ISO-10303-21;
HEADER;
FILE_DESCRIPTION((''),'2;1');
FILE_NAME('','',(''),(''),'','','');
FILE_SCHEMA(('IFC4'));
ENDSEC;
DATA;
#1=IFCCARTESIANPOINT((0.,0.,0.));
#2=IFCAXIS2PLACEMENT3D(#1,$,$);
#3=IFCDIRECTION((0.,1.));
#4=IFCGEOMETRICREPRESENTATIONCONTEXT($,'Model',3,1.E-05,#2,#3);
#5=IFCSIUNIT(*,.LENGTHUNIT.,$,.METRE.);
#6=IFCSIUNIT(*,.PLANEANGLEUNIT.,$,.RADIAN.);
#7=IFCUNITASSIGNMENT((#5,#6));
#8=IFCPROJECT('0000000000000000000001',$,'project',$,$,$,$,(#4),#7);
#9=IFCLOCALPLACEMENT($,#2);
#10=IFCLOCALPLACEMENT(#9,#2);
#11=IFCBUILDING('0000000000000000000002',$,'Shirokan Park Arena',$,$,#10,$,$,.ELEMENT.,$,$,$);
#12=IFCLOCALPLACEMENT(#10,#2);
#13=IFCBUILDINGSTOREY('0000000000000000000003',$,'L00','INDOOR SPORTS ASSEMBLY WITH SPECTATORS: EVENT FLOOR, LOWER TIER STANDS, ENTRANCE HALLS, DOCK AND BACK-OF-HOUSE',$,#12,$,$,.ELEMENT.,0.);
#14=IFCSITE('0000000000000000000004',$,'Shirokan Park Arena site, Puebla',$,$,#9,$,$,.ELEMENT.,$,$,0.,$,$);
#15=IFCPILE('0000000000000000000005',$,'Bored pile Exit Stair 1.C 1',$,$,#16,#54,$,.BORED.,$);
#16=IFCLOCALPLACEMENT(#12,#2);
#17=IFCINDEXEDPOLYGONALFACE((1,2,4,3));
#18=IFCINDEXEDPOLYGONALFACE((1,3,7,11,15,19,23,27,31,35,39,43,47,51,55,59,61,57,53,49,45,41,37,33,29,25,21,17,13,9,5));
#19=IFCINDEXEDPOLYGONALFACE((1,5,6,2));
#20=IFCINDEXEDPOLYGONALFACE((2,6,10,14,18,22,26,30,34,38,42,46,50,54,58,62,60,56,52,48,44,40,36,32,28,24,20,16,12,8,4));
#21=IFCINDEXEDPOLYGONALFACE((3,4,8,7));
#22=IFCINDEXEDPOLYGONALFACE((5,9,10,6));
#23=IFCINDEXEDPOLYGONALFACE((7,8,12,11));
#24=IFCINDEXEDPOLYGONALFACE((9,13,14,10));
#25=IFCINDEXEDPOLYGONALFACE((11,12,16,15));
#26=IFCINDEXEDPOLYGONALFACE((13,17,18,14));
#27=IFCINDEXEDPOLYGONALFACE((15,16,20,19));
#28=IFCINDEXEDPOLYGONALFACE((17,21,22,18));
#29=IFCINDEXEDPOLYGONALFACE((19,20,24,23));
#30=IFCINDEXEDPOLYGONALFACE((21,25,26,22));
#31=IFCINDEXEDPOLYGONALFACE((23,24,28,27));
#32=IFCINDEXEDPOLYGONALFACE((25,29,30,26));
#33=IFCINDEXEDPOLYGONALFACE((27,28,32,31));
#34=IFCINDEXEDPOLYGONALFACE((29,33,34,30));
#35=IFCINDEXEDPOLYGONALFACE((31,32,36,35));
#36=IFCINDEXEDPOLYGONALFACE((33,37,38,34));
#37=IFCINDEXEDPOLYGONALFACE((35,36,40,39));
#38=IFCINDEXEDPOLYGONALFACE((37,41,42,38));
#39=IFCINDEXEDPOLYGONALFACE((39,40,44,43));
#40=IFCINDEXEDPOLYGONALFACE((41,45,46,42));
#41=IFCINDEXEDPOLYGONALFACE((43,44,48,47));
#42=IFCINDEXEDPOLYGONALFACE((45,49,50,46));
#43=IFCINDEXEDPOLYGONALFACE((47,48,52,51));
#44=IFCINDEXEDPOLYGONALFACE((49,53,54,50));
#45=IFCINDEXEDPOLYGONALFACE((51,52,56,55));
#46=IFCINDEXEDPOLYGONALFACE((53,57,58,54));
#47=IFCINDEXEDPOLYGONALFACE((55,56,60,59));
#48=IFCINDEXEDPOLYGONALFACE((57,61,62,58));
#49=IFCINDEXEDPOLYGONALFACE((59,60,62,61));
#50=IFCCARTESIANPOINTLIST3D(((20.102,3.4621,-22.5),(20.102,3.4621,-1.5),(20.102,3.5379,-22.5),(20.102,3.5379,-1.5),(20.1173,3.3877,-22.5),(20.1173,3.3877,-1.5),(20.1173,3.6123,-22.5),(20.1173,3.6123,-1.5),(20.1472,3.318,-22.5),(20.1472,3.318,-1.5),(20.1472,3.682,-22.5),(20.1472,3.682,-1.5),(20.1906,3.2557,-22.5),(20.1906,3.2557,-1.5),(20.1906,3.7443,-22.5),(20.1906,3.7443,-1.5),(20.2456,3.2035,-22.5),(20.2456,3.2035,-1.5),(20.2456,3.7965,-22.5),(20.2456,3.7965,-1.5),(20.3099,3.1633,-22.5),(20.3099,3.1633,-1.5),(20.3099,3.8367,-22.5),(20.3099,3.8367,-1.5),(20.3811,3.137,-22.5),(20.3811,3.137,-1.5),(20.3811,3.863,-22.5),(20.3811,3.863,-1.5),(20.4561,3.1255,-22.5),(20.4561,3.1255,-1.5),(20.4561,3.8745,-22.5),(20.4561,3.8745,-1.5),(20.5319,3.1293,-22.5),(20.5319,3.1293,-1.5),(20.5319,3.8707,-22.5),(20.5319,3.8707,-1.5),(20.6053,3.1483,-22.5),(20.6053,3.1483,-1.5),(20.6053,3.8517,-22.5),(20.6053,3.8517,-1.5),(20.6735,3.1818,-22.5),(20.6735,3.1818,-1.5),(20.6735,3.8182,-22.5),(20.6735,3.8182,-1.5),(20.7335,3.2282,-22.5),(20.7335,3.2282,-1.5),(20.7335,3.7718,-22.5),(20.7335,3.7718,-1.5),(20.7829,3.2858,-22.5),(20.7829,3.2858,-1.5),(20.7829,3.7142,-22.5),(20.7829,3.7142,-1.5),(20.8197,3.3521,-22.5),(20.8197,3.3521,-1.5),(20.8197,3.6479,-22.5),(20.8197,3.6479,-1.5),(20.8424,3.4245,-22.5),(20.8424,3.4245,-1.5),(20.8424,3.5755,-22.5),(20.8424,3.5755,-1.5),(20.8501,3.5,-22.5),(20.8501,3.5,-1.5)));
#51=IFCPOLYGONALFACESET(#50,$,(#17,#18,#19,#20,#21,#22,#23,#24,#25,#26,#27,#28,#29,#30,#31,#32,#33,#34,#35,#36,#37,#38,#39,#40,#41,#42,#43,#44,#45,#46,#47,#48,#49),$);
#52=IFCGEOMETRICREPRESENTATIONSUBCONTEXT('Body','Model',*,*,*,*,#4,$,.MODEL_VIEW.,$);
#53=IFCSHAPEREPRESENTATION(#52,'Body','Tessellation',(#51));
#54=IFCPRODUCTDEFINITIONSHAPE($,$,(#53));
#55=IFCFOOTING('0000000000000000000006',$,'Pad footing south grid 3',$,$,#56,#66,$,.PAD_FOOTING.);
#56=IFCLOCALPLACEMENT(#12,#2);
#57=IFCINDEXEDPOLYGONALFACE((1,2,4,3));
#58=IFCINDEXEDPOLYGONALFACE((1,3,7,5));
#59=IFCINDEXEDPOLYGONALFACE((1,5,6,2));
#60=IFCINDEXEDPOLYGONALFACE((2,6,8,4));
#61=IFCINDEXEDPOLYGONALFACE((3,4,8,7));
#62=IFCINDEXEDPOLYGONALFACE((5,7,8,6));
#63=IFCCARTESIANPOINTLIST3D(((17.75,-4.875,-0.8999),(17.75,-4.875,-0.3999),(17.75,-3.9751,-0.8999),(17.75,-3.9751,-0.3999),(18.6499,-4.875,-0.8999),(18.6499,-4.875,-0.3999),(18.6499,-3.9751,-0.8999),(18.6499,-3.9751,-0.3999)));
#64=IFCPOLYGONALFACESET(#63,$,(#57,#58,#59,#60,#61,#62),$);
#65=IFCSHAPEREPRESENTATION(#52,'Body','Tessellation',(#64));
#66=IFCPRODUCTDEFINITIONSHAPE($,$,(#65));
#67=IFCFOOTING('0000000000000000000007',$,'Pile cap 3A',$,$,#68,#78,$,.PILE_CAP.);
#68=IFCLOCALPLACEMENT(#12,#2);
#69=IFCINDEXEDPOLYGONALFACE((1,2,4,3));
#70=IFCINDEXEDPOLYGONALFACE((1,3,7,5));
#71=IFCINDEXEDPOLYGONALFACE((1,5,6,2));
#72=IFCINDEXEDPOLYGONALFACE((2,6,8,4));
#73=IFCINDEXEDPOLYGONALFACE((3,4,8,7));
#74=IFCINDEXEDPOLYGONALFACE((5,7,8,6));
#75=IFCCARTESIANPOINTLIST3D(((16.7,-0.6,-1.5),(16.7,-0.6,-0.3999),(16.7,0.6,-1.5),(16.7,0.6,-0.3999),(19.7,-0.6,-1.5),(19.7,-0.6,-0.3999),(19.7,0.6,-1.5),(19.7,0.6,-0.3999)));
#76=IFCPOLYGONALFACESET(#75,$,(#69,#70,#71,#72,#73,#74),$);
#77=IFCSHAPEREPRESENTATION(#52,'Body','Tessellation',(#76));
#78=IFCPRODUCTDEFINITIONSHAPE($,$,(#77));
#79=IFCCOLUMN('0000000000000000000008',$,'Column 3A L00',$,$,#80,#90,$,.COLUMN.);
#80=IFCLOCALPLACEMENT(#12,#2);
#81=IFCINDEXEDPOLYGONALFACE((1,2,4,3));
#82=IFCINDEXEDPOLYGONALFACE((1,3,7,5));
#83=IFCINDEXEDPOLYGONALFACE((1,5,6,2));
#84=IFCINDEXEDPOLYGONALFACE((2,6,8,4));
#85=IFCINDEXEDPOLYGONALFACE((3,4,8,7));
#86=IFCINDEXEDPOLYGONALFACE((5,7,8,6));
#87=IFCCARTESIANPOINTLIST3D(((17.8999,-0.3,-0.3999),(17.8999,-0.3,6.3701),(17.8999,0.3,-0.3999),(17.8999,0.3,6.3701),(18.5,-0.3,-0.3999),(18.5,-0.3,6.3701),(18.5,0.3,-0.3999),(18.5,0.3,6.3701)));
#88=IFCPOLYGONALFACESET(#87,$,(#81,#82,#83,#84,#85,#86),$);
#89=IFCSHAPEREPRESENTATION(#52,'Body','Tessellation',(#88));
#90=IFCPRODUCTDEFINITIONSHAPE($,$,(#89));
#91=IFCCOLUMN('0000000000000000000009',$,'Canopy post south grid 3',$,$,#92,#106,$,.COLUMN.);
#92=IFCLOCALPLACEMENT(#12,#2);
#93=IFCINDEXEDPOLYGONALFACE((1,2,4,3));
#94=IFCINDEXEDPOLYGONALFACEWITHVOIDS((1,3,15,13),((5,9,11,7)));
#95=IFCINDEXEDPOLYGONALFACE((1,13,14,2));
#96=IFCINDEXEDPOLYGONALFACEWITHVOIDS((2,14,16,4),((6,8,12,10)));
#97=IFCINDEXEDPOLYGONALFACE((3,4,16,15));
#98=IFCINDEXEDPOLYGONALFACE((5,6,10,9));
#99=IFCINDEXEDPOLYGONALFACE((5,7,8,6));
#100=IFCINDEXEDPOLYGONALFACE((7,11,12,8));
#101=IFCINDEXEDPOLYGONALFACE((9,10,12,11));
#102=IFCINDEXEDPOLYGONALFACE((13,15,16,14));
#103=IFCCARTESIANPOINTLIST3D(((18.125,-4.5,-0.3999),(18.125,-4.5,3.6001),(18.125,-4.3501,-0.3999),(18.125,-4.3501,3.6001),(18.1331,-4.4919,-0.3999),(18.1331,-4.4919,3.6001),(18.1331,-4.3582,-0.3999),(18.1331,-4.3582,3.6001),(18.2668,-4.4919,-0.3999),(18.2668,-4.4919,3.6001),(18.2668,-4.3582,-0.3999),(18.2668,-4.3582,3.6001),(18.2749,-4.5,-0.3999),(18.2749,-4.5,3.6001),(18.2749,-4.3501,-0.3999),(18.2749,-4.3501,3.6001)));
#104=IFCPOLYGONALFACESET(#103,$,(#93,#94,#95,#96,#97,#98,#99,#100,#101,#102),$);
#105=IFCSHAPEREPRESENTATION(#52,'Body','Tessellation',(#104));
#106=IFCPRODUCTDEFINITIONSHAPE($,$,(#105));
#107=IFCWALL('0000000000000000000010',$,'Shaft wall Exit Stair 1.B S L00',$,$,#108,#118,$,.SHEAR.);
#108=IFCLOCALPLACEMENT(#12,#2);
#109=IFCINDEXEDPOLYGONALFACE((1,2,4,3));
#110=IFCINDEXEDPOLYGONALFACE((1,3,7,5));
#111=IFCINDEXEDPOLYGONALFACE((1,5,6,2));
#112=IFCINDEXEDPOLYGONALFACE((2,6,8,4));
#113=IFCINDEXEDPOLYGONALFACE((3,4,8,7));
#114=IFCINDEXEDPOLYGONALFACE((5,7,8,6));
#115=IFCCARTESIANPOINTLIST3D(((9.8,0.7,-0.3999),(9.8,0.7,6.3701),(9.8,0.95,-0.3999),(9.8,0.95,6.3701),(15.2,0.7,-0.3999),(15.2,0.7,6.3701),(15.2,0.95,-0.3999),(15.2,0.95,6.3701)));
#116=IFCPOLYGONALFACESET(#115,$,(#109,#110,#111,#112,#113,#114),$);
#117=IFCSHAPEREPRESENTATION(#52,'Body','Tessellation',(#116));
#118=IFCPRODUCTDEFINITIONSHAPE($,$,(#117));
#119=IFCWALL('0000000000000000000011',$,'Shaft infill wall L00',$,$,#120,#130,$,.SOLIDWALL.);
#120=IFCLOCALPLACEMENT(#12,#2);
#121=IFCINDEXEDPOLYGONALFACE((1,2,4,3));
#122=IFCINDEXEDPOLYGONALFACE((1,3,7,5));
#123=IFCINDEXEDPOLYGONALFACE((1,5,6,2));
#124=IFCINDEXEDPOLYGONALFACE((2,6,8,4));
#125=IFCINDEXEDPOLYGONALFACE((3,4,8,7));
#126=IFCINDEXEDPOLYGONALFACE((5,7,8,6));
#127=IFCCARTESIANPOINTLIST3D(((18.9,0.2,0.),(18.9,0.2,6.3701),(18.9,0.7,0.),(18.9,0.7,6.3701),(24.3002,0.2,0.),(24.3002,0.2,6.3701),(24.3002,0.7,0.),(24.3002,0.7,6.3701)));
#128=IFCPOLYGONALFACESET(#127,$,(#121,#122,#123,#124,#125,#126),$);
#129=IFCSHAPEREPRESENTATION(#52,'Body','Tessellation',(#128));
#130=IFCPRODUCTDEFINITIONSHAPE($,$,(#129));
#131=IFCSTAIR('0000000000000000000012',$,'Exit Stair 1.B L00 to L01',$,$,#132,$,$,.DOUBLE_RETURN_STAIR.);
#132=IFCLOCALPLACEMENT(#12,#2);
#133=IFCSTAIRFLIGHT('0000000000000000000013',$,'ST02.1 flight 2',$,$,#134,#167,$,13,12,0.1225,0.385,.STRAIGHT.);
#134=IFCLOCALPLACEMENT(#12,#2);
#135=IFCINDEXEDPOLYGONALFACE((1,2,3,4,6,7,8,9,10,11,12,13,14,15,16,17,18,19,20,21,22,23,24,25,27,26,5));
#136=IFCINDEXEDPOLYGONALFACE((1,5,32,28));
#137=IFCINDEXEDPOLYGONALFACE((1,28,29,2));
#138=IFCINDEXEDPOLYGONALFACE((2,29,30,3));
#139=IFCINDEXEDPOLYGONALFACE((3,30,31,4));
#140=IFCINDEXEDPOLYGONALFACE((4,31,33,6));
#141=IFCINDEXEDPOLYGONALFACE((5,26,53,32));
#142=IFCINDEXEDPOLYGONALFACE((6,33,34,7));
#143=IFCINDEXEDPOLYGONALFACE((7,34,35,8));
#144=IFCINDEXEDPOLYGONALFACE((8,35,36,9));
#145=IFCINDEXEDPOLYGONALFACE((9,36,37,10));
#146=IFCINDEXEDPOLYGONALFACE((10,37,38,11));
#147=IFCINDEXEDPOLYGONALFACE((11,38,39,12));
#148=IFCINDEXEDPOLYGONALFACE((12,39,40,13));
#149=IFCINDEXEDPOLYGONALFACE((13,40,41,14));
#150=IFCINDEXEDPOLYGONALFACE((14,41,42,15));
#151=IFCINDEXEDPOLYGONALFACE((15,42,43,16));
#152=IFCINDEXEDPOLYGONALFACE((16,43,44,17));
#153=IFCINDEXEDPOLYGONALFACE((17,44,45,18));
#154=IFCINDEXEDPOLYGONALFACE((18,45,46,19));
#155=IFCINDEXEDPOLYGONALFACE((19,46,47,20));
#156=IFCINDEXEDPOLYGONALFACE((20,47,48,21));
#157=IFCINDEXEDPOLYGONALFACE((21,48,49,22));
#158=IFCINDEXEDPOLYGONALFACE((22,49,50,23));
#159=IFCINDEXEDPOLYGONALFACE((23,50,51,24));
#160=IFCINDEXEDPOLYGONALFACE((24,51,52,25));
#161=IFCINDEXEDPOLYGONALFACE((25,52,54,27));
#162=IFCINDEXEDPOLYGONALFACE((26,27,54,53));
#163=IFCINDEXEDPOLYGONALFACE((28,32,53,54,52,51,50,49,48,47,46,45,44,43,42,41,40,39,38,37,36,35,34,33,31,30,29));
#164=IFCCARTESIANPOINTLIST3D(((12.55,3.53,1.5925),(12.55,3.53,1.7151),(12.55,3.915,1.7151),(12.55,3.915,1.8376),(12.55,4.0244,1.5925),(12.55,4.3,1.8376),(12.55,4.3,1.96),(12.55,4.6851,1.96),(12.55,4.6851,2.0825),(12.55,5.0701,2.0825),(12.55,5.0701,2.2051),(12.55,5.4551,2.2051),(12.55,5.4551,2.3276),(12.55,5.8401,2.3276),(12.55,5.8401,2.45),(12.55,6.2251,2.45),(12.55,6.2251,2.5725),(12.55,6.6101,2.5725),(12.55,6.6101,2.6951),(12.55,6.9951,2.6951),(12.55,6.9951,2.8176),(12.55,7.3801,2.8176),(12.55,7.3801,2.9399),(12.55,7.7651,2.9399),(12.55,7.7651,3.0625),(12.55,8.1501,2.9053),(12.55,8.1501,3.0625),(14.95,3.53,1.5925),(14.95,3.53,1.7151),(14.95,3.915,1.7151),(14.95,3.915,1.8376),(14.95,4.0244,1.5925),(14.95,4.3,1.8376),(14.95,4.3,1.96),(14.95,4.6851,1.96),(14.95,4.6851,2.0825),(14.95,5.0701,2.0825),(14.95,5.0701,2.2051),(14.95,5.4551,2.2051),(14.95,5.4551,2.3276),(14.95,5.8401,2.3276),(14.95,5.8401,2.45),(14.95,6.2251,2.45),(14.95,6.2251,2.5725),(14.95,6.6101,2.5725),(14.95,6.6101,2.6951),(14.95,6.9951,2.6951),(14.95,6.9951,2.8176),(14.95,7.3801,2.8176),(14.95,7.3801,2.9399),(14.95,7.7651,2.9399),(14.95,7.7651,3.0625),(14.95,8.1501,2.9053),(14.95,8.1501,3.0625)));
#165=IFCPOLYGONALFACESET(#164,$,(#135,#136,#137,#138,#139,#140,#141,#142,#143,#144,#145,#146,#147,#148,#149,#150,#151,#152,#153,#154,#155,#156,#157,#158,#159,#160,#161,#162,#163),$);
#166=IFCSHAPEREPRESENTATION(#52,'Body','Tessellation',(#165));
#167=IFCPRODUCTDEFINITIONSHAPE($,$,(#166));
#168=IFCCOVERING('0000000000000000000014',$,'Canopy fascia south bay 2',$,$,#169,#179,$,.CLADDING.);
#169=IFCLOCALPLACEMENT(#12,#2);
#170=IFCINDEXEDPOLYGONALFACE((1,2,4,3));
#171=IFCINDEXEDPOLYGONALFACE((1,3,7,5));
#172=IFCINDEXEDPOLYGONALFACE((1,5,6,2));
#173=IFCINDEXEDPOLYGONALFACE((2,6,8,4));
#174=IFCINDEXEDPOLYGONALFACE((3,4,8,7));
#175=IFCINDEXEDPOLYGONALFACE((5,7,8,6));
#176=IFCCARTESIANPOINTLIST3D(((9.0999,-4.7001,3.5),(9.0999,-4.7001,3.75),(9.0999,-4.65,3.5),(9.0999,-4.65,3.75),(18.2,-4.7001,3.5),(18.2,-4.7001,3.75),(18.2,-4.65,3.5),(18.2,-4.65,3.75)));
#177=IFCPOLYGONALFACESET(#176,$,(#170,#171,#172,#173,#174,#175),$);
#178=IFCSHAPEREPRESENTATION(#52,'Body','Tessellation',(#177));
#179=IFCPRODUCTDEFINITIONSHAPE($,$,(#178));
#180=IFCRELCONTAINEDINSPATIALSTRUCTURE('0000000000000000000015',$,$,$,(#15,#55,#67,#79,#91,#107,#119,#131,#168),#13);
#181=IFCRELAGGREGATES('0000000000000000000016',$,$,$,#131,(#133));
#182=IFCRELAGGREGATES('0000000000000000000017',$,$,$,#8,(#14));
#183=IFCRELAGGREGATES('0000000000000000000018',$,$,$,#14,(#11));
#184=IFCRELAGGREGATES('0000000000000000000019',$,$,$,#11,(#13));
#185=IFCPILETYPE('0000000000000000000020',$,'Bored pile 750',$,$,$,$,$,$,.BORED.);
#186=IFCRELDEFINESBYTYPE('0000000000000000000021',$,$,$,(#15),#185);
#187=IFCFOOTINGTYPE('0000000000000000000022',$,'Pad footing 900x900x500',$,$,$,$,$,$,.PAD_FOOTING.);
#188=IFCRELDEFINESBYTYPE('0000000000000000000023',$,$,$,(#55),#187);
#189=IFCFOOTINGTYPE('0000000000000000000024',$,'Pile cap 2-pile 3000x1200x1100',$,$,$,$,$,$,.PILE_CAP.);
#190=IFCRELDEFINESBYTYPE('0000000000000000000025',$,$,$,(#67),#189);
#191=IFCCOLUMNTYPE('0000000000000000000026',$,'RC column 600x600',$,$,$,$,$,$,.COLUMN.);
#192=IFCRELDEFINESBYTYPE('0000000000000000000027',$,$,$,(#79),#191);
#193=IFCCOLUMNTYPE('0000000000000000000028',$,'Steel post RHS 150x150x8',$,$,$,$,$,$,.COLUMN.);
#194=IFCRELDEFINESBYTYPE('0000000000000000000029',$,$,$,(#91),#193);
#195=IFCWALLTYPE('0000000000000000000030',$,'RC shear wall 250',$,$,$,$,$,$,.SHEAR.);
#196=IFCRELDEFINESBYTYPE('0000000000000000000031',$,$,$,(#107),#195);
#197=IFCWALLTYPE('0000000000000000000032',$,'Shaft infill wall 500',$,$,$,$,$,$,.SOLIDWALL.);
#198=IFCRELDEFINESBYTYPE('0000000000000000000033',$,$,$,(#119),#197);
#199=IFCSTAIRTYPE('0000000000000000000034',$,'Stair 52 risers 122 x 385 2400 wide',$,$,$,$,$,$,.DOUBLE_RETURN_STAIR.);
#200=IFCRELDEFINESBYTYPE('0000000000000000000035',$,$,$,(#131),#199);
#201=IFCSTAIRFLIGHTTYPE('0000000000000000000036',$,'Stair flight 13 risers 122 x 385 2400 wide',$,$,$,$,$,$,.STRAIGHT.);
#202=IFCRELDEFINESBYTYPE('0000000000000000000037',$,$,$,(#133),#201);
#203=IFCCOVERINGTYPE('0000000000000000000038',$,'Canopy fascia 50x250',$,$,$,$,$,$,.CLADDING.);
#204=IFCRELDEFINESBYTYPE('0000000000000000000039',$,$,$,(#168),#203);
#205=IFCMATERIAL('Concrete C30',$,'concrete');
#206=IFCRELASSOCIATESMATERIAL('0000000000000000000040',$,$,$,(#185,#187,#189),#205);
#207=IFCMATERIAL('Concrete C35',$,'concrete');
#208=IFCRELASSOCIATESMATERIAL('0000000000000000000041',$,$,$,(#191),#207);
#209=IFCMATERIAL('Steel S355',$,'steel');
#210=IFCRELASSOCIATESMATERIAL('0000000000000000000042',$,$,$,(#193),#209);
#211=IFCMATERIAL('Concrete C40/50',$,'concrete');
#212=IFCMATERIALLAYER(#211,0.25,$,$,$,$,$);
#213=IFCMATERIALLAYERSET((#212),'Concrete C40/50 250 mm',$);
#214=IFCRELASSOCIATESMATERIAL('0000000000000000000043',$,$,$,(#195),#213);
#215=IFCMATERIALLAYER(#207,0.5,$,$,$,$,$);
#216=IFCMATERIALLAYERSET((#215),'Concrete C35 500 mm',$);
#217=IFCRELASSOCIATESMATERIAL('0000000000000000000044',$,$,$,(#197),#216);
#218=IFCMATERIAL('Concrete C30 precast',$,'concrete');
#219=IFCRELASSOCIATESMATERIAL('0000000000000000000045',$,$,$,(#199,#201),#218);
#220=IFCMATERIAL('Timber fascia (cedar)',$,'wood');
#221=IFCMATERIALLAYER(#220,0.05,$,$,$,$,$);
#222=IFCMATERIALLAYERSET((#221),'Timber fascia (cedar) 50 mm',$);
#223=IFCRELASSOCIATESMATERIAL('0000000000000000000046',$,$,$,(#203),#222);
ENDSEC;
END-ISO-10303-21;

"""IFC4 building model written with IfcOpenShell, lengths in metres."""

from ifc_helpers import new_model, si_unit, direction, frame, frame_2d, origin, origin_2d, place, context, subcontext, project, spatial, polyline, rectangle, hollow_rectangle, circle, outline, extrude, material, layer, layer_set, material_profile, profile_set, type_object, element, aggregate, save


model = new_model("IFC4")

# Units and contexts
model_context = context("Model", 3, precision=1e-05, world=origin(), true_north=direction((0.0, 1.0)))
body_context = subcontext(model_context, "Body", "Model", "MODEL_VIEW")
ifc_project = project(units=[si_unit("LENGTHUNIT", "METRE"), si_unit("PLANEANGLEUNIT", "RADIAN")], contexts=[model_context])

# Site, building, storey
site_placement = place(None, origin())
site = spatial("IfcSite", under=ifc_project, at=site_placement, Name="Shirokan Park Arena site, Puebla", CompositionType="ELEMENT", RefElevation=0.0)
building_placement = place(site_placement, origin())
building = spatial("IfcBuilding", under=site, at=building_placement, Name="Shirokan Park Arena", CompositionType="ELEMENT")
storey_placement = place(building_placement, origin())
storey = spatial("IfcBuildingStorey", under=building, at=storey_placement, Name="L00", Description="INDOOR SPORTS ASSEMBLY WITH SPECTATORS: EVENT FLOOR, LOWER TIER STANDS, ENTRANCE HALLS, DOCK AND BACK-OF-HOUSE", CompositionType="ELEMENT", Elevation=0.0)

# Pile
ifc_material_1 = material(Name="Concrete C30", Category="concrete")
ifc_material_profile_1 = material_profile(ifc_material_1, circle(Radius=0.375, at=origin_2d()), Name="D750")
ifc_profile_set_1 = profile_set([ifc_material_profile_1], Name="Concrete C30")
pile_type_1 = type_object("IfcPileType", Name="Bored pile 750", PredefinedType="BORED", material=ifc_profile_set_1)
for number, where, z_axis, x_axis, name in (
    (1, (20.4751, 3.5, -1.5), (0.0, 0.0, -1.0), (1.0, 0.0, 0.0), "Bored pile Exit Stair 1.C 1"),
):
    element("IfcPile", number, at=place(storey_placement, frame(where, z_axis=z_axis, x_axis=x_axis)), inside=storey, type_object=pile_type_1, Name=name, PredefinedType="BORED", context=body_context, shape_type="SweptSolid", body=[
        extrude(circle(Radius=0.375, at=origin_2d()), origin(), (0.0, 0.0, 1.0), 21.0),
    ])

# Footings
footing_type_1 = type_object("IfcFootingType", Name="Pad footing 900x900x500", PredefinedType="PAD_FOOTING", material=ifc_material_1)
footing_1_placement = place(storey_placement, frame((18.2, -4.425, -0.8999), z_axis=(0.0, 0.0, 1.0), x_axis=(1.0, 0.0, 0.0)))
element("IfcFooting", 2, at=footing_1_placement, inside=storey, type_object=footing_type_1, Name="Pad footing south grid 3", PredefinedType="PAD_FOOTING", context=body_context, shape_type="SweptSolid", body=[
    extrude(rectangle(XDim=0.8999, YDim=0.8999, at=origin_2d()), origin(), (0.0, 0.0, 1.0), 0.5),
])
footing_type_2 = type_object("IfcFootingType", Name="Pile cap 2-pile 3000x1200x1100", PredefinedType="PILE_CAP", material=ifc_material_1)
footing_2_placement = place(storey_placement, frame((18.2, 0.0, -1.5), z_axis=(0.0, 0.0, 1.0), x_axis=(1.0, 0.0, 0.0)))
element("IfcFooting", 3, at=footing_2_placement, inside=storey, type_object=footing_type_2, Name="Pile cap 3A", PredefinedType="PILE_CAP", context=body_context, shape_type="SweptSolid", body=[
    extrude(rectangle(XDim=3.0, YDim=1.2, at=origin_2d()), origin(), (0.0, 0.0, 1.0), 1.1001),
])

# Columns
ifc_material_2 = material(Name="Concrete C35", Category="concrete")
ifc_material_profile_2 = material_profile(ifc_material_2, rectangle(XDim=0.6001, YDim=0.6001, at=origin_2d()), Name="600x600")
ifc_profile_set_2 = profile_set([ifc_material_profile_2], Name="Concrete C35")
column_type_1 = type_object("IfcColumnType", Name="RC column 600x600", PredefinedType="COLUMN", material=ifc_profile_set_2)
column_1_placement = place(storey_placement, frame((18.2, 0.0, -0.3999), z_axis=(0.0, 0.0, 1.0), x_axis=(1.0, 0.0, 0.0)))
element("IfcColumn", 4, at=column_1_placement, inside=storey, type_object=column_type_1, Name="Column 3A L00", PredefinedType="COLUMN", context=body_context, shape_type="SweptSolid", body=[
    extrude(rectangle(XDim=0.6001, YDim=0.6001, at=origin_2d()), origin(), (0.0, 0.0, 1.0), 6.77),
])
ifc_material_3 = material(Name="Steel S355", Category="steel")
ifc_material_profile_3 = material_profile(ifc_material_3, hollow_rectangle(XDim=0.1499, YDim=0.1499, WallThickness=0.0081, at=origin_2d()), Name="RHS 150x150x8")
ifc_profile_set_3 = profile_set([ifc_material_profile_3], Name="Steel S355")
column_type_2 = type_object("IfcColumnType", Name="Steel post RHS 150x150x8", PredefinedType="COLUMN", material=ifc_profile_set_3)
column_2_placement = place(storey_placement, frame((18.2, -4.425, -0.3999), z_axis=(0.0, 0.0, 1.0), x_axis=(1.0, 0.0, 0.0)))
element("IfcColumn", 5, at=column_2_placement, inside=storey, type_object=column_type_2, Name="Canopy post south grid 3", PredefinedType="COLUMN", context=body_context, shape_type="SweptSolid", body=[
    extrude(hollow_rectangle(XDim=0.1499, YDim=0.1499, WallThickness=0.0081, at=origin_2d()), origin(), (0.0, 0.0, 1.0), 4.0),
])

# Walls
ifc_material_4 = material(Name="Concrete C40/50", Category="concrete")
ifc_layer_1 = layer(ifc_material_4, 0.25)
ifc_layer_set_1 = layer_set([ifc_layer_1], Name="Concrete C40/50 250 mm")
wall_type_1 = type_object("IfcWallType", Name="RC shear wall 250", PredefinedType="SHEAR", material=ifc_layer_set_1)
wall_1_placement = place(storey_placement, frame((15.2, 0.825, -0.3999), z_axis=(0.0, 0.0, 1.0), x_axis=(-1.0, 0.0, 0.0)))
element("IfcWall", 6, at=wall_1_placement, inside=storey, type_object=wall_type_1, Name="Shaft wall Exit Stair 1.B S L00", PredefinedType="SHEAR", context=body_context, shape_type="SweptSolid", body=[
    extrude(rectangle(XDim=5.3999, YDim=0.25, at=frame_2d((2.7, 0.0))), origin(), (0.0, 0.0, 1.0), 6.77),
])
ifc_layer_2 = layer(ifc_material_2, 0.5)
ifc_layer_set_2 = layer_set([ifc_layer_2], Name="Concrete C35 500 mm")
wall_type_2 = type_object("IfcWallType", Name="Shaft infill wall 500", PredefinedType="SOLIDWALL", material=ifc_layer_set_2)
wall_2_placement = place(storey_placement, frame((18.8999, 0.45, 0.0), z_axis=(0.0, 0.0, 1.0), x_axis=(1.0, 0.0, 0.0)))
element("IfcWall", 7, at=wall_2_placement, inside=storey, type_object=wall_type_2, Name="Shaft infill wall L00", PredefinedType="SOLIDWALL", context=body_context, shape_type="SweptSolid", body=[
    extrude(rectangle(XDim=5.4001, YDim=0.5, at=frame_2d((2.7002, 0.0))), origin(), (0.0, 0.0, 1.0), 6.3701),
])

# Stair, stair flight
ifc_material_5 = material(Name="Concrete C30 precast", Category="concrete")
stair_type = type_object("IfcStairType", Name="Stair 52 risers 122 x 385 2400 wide", PredefinedType="DOUBLE_RETURN_STAIR", material=ifc_material_5)
stair_placement = place(storey_placement, origin())
stair = element("IfcStair", 8, at=stair_placement, inside=storey, type_object=stair_type, Name="Exit Stair 1.B L00 to L01", PredefinedType="DOUBLE_RETURN_STAIR")
stair_flight_type = type_object("IfcStairFlightType", Name="Stair flight 13 risers 122 x 385 2400 wide", PredefinedType="STRAIGHT", material=ifc_material_5)
stair_flight_placement = place(storey_placement, frame((13.75, 3.53, 1.5925), z_axis=(0.0, 0.0, 1.0), x_axis=(0.0, 1.0, 0.0)))
stair_flight = element("IfcStairFlight", 9, at=stair_flight_placement, type_object=stair_flight_type, Name="ST02.1 flight 2", NumberOfRisers=13, NumberOfTreads=12, PredefinedType="STRAIGHT", RiserHeight=0.1225, TreadLength=0.385, context=body_context, shape_type="SweptSolid", body=[
    extrude(outline(polyline([(0.0, 0.0), (0.0, 0.1226), (0.385, 0.1226), (0.385, 0.2451), (0.77, 0.2451), (0.77, 0.3674), (1.155, 0.3674), (1.155, 0.49), (1.54, 0.49), (1.54, 0.6125), (1.925, 0.6125), (1.925, 0.7351), (2.3101, 0.7351), (2.3101, 0.8574), (2.6951, 0.8574), (2.6951, 0.98), (3.0801, 0.98), (3.0801, 1.1025), (3.4651, 1.1025), (3.4651, 1.2251), (3.8501, 1.2251), (3.8501, 1.3474), (4.2351, 1.3474), (4.2351, 1.47), (4.6201, 1.47), (4.6201, 1.5925), (4.6201, 1.3127), (0.4944, 0.0), (0.0, 0.0)])), frame((0.0, 1.2, 0.0), z_axis=(0.0, -1.0, 0.0), x_axis=(1.0, 0.0, 0.0)), (0.0, 0.0, 1.0), 2.3999),
])
aggregate(stair, [stair_flight])

# Covering
ifc_material_6 = material(Name="Timber fascia (cedar)", Category="wood")
ifc_layer_3 = layer(ifc_material_6, 0.05)
ifc_layer_set_3 = layer_set([ifc_layer_3], Name="Timber fascia (cedar) 50 mm")
covering_type_1 = type_object("IfcCoveringType", Name="Canopy fascia 50x250", PredefinedType="CLADDING", material=ifc_layer_set_3)
covering_1_placement = place(storey_placement, frame((13.6499, -4.675, 3.5), z_axis=(0.0, 0.0, 1.0), x_axis=(1.0, 0.0, 0.0)))
element("IfcCovering", 10, at=covering_1_placement, inside=storey, type_object=covering_type_1, Name="Canopy fascia south bay 2", PredefinedType="CLADDING", context=body_context, shape_type="SweptSolid", body=[
    extrude(rectangle(XDim=9.1001, YDim=0.05, at=origin_2d()), origin(), (0.0, 0.0, 1.0), 0.25),
])

save(model, "model.ifc")
